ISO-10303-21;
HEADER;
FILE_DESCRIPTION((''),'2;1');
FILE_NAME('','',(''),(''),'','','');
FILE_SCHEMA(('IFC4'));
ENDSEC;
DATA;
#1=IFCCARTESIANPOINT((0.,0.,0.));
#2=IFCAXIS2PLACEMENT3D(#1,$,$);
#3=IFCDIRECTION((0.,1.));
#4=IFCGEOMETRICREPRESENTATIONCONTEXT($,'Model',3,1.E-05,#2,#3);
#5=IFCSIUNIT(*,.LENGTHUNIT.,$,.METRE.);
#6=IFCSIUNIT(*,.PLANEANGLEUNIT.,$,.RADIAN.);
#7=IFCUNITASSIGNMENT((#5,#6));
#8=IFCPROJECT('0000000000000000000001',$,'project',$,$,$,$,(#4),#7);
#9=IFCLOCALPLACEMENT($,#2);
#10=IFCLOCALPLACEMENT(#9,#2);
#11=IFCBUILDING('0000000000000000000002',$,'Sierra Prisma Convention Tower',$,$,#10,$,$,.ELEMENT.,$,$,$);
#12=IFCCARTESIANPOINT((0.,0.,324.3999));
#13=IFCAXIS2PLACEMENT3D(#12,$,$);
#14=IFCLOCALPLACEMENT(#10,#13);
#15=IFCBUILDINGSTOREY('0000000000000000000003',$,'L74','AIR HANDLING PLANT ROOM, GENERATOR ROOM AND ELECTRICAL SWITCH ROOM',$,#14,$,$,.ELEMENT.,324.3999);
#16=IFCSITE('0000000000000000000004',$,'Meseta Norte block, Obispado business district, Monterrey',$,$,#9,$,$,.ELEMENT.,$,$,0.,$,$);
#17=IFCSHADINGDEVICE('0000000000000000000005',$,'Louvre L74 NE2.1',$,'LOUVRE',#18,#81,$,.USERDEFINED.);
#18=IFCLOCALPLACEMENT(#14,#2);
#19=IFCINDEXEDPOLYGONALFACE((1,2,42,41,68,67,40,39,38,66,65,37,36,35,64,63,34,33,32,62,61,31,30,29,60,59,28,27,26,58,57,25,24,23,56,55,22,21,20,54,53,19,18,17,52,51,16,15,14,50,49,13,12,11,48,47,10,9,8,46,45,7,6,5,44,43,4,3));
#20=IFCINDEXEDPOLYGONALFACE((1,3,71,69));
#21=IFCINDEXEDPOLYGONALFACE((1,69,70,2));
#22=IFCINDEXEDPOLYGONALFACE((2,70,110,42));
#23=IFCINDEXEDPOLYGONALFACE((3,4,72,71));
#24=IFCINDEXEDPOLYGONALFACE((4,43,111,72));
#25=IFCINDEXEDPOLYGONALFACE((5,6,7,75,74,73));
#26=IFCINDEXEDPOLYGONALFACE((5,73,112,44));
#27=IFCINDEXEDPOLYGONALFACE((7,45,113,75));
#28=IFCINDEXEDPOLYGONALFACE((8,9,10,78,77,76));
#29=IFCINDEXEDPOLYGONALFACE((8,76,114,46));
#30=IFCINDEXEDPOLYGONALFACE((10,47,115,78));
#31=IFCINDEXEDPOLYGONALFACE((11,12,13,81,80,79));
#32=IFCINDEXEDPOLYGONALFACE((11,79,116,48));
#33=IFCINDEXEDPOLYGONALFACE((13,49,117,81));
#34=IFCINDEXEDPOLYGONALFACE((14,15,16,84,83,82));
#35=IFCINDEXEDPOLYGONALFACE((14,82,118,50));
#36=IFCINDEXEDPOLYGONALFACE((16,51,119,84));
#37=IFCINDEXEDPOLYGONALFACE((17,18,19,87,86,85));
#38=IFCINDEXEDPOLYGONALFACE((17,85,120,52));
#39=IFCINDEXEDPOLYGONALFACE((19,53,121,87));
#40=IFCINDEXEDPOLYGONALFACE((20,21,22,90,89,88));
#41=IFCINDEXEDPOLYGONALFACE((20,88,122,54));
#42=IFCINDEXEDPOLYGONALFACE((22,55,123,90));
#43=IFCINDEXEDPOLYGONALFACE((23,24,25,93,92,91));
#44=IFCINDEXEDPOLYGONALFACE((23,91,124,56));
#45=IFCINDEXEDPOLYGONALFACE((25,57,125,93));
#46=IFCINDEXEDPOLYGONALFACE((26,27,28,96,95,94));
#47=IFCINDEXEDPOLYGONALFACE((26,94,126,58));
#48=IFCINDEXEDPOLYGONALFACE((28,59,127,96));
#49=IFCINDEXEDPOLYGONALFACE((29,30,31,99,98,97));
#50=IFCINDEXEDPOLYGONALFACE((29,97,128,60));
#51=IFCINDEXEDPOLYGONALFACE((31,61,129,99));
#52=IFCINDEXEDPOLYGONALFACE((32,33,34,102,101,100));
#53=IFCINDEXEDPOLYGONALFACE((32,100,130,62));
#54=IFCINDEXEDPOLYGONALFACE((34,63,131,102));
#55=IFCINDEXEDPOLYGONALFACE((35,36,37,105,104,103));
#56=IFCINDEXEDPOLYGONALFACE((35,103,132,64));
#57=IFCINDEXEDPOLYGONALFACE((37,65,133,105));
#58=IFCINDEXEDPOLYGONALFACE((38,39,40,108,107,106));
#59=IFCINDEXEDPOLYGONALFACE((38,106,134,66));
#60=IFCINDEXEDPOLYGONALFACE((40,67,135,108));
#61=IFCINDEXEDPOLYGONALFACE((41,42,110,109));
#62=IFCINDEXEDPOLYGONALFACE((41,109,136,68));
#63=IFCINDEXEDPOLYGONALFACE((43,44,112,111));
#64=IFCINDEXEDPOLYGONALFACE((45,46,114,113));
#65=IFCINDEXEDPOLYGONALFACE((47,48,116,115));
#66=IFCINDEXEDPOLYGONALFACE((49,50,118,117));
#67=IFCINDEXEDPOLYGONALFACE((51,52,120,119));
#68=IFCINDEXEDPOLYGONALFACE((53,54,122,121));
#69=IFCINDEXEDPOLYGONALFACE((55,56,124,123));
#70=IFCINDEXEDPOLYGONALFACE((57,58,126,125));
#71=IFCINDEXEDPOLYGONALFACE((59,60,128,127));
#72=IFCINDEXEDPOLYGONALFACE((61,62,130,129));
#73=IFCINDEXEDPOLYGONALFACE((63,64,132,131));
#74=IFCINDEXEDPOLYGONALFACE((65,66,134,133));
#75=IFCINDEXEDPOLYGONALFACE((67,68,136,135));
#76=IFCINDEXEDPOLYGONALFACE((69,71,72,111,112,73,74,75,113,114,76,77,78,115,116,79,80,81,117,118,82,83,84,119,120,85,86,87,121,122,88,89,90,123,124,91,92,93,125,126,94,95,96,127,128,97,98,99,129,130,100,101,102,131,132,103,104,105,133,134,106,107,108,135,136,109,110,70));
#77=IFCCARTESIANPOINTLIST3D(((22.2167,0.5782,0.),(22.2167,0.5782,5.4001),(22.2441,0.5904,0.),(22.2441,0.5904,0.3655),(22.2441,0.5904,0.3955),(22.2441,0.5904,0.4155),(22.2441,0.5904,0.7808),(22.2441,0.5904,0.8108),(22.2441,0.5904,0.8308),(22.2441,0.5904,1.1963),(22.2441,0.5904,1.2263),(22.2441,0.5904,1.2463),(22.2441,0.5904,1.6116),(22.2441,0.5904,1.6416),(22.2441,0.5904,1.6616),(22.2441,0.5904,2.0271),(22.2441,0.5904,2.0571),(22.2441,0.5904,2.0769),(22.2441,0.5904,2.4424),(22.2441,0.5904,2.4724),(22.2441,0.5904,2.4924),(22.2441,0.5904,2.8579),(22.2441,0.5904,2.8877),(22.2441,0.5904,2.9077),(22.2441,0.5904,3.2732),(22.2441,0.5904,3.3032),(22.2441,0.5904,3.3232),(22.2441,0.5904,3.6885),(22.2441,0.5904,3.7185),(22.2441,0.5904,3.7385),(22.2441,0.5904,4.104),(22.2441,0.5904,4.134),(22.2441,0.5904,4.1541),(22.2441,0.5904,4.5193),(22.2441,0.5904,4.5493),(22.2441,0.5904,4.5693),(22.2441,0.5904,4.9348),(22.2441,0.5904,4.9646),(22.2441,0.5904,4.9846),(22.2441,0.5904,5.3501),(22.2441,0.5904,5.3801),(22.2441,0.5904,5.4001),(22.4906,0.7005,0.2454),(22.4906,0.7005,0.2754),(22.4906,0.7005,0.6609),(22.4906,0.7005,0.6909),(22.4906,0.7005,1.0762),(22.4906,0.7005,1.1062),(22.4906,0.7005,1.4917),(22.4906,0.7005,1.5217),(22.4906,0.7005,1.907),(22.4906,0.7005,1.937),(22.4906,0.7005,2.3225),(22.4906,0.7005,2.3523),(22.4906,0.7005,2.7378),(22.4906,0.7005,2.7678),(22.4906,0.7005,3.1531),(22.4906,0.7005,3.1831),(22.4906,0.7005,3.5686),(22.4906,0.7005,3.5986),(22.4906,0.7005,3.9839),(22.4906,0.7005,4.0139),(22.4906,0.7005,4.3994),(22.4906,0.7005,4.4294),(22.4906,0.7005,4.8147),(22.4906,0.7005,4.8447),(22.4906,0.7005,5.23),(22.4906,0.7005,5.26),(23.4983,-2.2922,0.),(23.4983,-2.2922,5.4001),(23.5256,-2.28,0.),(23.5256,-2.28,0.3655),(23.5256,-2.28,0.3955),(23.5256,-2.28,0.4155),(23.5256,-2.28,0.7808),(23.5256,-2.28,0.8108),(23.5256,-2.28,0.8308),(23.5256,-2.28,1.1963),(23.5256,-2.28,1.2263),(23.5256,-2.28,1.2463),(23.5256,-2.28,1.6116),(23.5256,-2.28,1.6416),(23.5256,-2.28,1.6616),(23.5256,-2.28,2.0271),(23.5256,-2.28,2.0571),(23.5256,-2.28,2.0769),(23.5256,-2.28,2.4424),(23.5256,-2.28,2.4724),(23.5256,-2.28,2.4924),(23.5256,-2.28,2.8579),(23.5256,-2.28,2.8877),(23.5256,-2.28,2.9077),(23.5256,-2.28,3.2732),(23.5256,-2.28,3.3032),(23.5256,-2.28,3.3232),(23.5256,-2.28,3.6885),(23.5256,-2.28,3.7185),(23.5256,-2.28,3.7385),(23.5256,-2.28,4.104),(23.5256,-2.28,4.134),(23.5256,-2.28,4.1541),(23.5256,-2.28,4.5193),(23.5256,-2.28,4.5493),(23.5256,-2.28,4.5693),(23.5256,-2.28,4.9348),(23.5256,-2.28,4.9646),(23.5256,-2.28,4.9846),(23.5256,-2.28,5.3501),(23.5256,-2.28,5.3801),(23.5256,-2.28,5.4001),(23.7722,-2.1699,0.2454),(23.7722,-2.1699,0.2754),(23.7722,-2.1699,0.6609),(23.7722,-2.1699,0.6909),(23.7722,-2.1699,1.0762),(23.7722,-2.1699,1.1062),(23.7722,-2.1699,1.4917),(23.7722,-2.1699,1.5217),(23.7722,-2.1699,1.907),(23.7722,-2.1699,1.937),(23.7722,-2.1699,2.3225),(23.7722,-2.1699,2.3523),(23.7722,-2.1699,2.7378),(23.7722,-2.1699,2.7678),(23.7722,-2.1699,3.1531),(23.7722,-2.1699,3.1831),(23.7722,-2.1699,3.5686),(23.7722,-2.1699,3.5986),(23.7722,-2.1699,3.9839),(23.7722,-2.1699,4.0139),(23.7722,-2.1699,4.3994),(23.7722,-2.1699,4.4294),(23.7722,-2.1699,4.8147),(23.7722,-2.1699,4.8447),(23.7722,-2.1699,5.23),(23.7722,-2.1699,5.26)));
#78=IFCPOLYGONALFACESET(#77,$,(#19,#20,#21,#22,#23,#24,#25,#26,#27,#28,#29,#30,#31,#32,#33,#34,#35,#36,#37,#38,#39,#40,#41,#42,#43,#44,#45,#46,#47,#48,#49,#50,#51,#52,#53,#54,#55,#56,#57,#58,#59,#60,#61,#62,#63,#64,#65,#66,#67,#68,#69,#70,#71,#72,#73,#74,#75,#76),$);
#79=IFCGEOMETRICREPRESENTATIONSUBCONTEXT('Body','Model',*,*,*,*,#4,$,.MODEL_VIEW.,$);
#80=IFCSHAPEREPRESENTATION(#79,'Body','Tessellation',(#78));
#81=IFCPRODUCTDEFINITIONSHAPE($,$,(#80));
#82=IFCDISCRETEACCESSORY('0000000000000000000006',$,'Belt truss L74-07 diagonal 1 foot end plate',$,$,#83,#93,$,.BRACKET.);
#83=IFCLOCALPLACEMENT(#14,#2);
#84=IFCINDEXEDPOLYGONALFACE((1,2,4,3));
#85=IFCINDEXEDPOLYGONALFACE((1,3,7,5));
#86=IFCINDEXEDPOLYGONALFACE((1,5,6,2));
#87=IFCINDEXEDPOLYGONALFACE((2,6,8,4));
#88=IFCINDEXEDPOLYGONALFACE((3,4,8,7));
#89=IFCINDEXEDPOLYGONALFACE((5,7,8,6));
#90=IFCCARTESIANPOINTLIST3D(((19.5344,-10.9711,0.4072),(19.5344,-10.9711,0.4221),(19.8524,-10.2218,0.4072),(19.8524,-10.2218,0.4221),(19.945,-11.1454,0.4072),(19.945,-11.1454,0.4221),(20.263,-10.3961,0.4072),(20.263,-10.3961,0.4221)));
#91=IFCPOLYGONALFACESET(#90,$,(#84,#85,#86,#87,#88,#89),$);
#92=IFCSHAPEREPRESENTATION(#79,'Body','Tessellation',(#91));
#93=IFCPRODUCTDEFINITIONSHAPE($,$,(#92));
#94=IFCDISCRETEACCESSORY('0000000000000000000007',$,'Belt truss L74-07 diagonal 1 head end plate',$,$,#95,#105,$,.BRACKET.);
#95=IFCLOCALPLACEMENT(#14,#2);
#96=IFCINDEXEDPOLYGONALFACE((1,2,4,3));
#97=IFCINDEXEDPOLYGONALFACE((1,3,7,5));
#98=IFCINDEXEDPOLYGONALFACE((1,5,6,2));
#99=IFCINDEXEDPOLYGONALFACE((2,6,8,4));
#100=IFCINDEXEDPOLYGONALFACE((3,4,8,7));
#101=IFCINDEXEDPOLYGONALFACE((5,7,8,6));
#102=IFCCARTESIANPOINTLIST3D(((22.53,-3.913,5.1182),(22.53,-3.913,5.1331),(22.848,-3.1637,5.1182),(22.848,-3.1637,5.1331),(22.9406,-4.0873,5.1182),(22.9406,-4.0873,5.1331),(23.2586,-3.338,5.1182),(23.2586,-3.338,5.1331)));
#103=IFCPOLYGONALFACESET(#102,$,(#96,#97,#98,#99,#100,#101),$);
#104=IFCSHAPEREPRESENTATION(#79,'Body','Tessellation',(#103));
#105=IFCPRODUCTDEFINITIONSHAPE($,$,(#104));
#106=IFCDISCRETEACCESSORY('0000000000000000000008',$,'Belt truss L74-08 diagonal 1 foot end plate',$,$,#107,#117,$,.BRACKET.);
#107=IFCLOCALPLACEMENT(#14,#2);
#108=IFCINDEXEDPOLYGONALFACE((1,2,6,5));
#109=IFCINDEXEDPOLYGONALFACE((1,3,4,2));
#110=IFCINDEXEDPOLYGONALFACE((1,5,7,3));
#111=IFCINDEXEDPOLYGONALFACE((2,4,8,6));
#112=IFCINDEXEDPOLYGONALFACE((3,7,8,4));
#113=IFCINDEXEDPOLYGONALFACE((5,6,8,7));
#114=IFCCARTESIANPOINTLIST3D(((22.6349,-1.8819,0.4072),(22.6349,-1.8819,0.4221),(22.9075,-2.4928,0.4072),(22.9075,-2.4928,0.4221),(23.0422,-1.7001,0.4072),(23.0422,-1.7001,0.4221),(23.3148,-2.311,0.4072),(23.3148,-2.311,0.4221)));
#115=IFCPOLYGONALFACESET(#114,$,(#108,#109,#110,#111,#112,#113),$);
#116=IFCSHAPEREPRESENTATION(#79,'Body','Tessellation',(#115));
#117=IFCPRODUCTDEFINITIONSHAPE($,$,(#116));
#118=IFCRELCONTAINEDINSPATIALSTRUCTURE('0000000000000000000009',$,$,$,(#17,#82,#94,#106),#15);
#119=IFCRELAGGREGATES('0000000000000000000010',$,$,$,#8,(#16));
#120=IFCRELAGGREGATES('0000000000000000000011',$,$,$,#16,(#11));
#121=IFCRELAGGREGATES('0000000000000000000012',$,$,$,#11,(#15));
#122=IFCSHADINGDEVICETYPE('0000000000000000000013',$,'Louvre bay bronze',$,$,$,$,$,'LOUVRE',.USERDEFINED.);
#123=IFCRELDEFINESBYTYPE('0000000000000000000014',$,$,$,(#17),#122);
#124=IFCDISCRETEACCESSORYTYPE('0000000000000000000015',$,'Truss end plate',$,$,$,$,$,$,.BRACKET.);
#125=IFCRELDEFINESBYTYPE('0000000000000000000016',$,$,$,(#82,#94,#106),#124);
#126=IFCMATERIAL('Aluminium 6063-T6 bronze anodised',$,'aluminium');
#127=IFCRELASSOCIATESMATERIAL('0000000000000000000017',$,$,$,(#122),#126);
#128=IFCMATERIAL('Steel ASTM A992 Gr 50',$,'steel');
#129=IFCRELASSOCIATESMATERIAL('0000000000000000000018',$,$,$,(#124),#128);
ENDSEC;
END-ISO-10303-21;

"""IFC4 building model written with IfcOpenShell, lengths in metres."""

from ifc_helpers import new_model, si_unit, direction, frame, origin, origin_2d, place, context, subcontext, project, spatial, polyline, rectangle, outline, extrude, material, type_object, element, save


model = new_model("IFC4")

# Units and contexts
model_context = context("Model", 3, precision=1e-05, world=origin(), true_north=direction((0.0, 1.0)))
body_context = subcontext(model_context, "Body", "Model", "MODEL_VIEW")
ifc_project = project(units=[si_unit("LENGTHUNIT", "METRE"), si_unit("PLANEANGLEUNIT", "RADIAN")], contexts=[model_context])

# Site, building, storey
site_placement = place(None, origin())
site = spatial("IfcSite", under=ifc_project, at=site_placement, Name="Meseta Norte block, Obispado business district, Monterrey", CompositionType="ELEMENT", RefElevation=0.0)
building_placement = place(site_placement, origin())
building = spatial("IfcBuilding", under=site, at=building_placement, Name="Sierra Prisma Convention Tower", CompositionType="ELEMENT")
storey_placement = place(building_placement, frame((0.0, 0.0, 324.3999)))
storey = spatial("IfcBuildingStorey", under=building, at=storey_placement, Name="L74", Description="AIR HANDLING PLANT ROOM, GENERATOR ROOM AND ELECTRICAL SWITCH ROOM", CompositionType="ELEMENT", Elevation=324.3999)

# Shading device
ifc_material_1 = material(Name="Aluminium 6063-T6 bronze anodised", Category="aluminium")
shading_device_type = type_object("IfcShadingDeviceType", Name="Louvre bay bronze", ElementType="LOUVRE", PredefinedType="USERDEFINED", material=ifc_material_1)
shading_device_1_placement = place(storey_placement, frame((23.4983, -2.2922, 0.0), z_axis=(0.407683, -0.913124, 0.0), x_axis=(0.0, 0.0, 1.0)))
element("IfcShadingDevice", 1, at=shading_device_1_placement, inside=storey, type_object=shading_device_type, Name="Louvre L74 NE2.1", ObjectType="LOUVRE", PredefinedType="USERDEFINED", context=body_context, shape_type="SweptSolid", body=[
    extrude(outline(polyline([(0.0, 0.0), (5.4001, 0.0), (5.4001, -0.0299), (5.3801, -0.0299), (5.26, -0.3), (5.23, -0.3), (5.3501, -0.0299), (4.9846, -0.0299), (4.9646, -0.0299), (4.8447, -0.3), (4.8147, -0.3), (4.9348, -0.0299), (4.5693, -0.0299), (4.5493, -0.0299), (4.4294, -0.3), (4.3994, -0.3), (4.5193, -0.0299), (4.1541, -0.0299), (4.134, -0.0299), (4.0139, -0.3), (3.9839, -0.3), (4.104, -0.0299), (3.7385, -0.0299), (3.7185, -0.0299), (3.5986, -0.3), (3.5686, -0.3), (3.6885, -0.0299), (3.3232, -0.0299), (3.3032, -0.0299), (3.1831, -0.3), (3.1531, -0.3), (3.2732, -0.0299), (2.9077, -0.0299), (2.8877, -0.0299), (2.7678, -0.3), (2.7378, -0.3), (2.8579, -0.0299), (2.4924, -0.0299), (2.4724, -0.0299), (2.3523, -0.3), (2.3225, -0.3), (2.4424, -0.0299), (2.0769, -0.0299), (2.0571, -0.0299), (1.937, -0.3), (1.907, -0.3), (2.0271, -0.0299), (1.6616, -0.0299), (1.6416, -0.0299), (1.5217, -0.3), (1.4917, -0.3), (1.6116, -0.0299), (1.2463, -0.0299), (1.2263, -0.0299), (1.1062, -0.3), (1.0762, -0.3), (1.1963, -0.0299), (0.8308, -0.0299), (0.8108, -0.0299), (0.6909, -0.3), (0.6609, -0.3), (0.7808, -0.0299), (0.4155, -0.0299), (0.3955, -0.0299), (0.2754, -0.3), (0.2454, -0.3), (0.3655, -0.0299), (0.0, -0.0299), (0.0, 0.0)])), origin(), (0.0, 0.0, -1.0), 3.1436),
])

# Discrete accessories
ifc_material_2 = material(Name="Steel ASTM A992 Gr 50", Category="steel")
discrete_accessory_type = type_object("IfcDiscreteAccessoryType", Name="Truss end plate", PredefinedType="BRACKET", material=ifc_material_2)
for number, where, z_axis, x_axis, name in (
    (2, (19.8987, -10.6836, 0.4072), (0.0, 0.0, 1.0), (0.390696, 0.92052, 0.0), "Belt truss L74-07 diagonal 1 foot end plate"),
    (3, (22.8943, -3.6255, 5.1182), (0.0, 0.0, 1.0), (0.390696, 0.92052, 0.0), "Belt truss L74-07 diagonal 1 head end plate"),
):
    element("IfcDiscreteAccessory", number, at=place(storey_placement, frame(where, z_axis=z_axis, x_axis=x_axis)), inside=storey, type_object=discrete_accessory_type, Name=name, PredefinedType="BRACKET", context=body_context, shape_type="SweptSolid", body=[
        extrude(rectangle(XDim=0.814, YDim=0.446, at=origin_2d()), origin(), (0.0, 0.0, 1.0), 0.0149),
    ])
discrete_accessory_placement = place(storey_placement, frame((22.9749, -2.0964, 0.4072), z_axis=(0.0, 0.0, 1.0), x_axis=(-0.407593, 0.913164, 0.0)))
element("IfcDiscreteAccessory", 4, at=discrete_accessory_placement, inside=storey, type_object=discrete_accessory_type, Name="Belt truss L74-08 diagonal 1 foot end plate", PredefinedType="BRACKET", context=body_context, shape_type="SweptSolid", body=[
    extrude(rectangle(XDim=0.6689, YDim=0.446, at=origin_2d()), origin(), (0.0, 0.0, 1.0), 0.0149),
])

save(model, "model.ifc")
